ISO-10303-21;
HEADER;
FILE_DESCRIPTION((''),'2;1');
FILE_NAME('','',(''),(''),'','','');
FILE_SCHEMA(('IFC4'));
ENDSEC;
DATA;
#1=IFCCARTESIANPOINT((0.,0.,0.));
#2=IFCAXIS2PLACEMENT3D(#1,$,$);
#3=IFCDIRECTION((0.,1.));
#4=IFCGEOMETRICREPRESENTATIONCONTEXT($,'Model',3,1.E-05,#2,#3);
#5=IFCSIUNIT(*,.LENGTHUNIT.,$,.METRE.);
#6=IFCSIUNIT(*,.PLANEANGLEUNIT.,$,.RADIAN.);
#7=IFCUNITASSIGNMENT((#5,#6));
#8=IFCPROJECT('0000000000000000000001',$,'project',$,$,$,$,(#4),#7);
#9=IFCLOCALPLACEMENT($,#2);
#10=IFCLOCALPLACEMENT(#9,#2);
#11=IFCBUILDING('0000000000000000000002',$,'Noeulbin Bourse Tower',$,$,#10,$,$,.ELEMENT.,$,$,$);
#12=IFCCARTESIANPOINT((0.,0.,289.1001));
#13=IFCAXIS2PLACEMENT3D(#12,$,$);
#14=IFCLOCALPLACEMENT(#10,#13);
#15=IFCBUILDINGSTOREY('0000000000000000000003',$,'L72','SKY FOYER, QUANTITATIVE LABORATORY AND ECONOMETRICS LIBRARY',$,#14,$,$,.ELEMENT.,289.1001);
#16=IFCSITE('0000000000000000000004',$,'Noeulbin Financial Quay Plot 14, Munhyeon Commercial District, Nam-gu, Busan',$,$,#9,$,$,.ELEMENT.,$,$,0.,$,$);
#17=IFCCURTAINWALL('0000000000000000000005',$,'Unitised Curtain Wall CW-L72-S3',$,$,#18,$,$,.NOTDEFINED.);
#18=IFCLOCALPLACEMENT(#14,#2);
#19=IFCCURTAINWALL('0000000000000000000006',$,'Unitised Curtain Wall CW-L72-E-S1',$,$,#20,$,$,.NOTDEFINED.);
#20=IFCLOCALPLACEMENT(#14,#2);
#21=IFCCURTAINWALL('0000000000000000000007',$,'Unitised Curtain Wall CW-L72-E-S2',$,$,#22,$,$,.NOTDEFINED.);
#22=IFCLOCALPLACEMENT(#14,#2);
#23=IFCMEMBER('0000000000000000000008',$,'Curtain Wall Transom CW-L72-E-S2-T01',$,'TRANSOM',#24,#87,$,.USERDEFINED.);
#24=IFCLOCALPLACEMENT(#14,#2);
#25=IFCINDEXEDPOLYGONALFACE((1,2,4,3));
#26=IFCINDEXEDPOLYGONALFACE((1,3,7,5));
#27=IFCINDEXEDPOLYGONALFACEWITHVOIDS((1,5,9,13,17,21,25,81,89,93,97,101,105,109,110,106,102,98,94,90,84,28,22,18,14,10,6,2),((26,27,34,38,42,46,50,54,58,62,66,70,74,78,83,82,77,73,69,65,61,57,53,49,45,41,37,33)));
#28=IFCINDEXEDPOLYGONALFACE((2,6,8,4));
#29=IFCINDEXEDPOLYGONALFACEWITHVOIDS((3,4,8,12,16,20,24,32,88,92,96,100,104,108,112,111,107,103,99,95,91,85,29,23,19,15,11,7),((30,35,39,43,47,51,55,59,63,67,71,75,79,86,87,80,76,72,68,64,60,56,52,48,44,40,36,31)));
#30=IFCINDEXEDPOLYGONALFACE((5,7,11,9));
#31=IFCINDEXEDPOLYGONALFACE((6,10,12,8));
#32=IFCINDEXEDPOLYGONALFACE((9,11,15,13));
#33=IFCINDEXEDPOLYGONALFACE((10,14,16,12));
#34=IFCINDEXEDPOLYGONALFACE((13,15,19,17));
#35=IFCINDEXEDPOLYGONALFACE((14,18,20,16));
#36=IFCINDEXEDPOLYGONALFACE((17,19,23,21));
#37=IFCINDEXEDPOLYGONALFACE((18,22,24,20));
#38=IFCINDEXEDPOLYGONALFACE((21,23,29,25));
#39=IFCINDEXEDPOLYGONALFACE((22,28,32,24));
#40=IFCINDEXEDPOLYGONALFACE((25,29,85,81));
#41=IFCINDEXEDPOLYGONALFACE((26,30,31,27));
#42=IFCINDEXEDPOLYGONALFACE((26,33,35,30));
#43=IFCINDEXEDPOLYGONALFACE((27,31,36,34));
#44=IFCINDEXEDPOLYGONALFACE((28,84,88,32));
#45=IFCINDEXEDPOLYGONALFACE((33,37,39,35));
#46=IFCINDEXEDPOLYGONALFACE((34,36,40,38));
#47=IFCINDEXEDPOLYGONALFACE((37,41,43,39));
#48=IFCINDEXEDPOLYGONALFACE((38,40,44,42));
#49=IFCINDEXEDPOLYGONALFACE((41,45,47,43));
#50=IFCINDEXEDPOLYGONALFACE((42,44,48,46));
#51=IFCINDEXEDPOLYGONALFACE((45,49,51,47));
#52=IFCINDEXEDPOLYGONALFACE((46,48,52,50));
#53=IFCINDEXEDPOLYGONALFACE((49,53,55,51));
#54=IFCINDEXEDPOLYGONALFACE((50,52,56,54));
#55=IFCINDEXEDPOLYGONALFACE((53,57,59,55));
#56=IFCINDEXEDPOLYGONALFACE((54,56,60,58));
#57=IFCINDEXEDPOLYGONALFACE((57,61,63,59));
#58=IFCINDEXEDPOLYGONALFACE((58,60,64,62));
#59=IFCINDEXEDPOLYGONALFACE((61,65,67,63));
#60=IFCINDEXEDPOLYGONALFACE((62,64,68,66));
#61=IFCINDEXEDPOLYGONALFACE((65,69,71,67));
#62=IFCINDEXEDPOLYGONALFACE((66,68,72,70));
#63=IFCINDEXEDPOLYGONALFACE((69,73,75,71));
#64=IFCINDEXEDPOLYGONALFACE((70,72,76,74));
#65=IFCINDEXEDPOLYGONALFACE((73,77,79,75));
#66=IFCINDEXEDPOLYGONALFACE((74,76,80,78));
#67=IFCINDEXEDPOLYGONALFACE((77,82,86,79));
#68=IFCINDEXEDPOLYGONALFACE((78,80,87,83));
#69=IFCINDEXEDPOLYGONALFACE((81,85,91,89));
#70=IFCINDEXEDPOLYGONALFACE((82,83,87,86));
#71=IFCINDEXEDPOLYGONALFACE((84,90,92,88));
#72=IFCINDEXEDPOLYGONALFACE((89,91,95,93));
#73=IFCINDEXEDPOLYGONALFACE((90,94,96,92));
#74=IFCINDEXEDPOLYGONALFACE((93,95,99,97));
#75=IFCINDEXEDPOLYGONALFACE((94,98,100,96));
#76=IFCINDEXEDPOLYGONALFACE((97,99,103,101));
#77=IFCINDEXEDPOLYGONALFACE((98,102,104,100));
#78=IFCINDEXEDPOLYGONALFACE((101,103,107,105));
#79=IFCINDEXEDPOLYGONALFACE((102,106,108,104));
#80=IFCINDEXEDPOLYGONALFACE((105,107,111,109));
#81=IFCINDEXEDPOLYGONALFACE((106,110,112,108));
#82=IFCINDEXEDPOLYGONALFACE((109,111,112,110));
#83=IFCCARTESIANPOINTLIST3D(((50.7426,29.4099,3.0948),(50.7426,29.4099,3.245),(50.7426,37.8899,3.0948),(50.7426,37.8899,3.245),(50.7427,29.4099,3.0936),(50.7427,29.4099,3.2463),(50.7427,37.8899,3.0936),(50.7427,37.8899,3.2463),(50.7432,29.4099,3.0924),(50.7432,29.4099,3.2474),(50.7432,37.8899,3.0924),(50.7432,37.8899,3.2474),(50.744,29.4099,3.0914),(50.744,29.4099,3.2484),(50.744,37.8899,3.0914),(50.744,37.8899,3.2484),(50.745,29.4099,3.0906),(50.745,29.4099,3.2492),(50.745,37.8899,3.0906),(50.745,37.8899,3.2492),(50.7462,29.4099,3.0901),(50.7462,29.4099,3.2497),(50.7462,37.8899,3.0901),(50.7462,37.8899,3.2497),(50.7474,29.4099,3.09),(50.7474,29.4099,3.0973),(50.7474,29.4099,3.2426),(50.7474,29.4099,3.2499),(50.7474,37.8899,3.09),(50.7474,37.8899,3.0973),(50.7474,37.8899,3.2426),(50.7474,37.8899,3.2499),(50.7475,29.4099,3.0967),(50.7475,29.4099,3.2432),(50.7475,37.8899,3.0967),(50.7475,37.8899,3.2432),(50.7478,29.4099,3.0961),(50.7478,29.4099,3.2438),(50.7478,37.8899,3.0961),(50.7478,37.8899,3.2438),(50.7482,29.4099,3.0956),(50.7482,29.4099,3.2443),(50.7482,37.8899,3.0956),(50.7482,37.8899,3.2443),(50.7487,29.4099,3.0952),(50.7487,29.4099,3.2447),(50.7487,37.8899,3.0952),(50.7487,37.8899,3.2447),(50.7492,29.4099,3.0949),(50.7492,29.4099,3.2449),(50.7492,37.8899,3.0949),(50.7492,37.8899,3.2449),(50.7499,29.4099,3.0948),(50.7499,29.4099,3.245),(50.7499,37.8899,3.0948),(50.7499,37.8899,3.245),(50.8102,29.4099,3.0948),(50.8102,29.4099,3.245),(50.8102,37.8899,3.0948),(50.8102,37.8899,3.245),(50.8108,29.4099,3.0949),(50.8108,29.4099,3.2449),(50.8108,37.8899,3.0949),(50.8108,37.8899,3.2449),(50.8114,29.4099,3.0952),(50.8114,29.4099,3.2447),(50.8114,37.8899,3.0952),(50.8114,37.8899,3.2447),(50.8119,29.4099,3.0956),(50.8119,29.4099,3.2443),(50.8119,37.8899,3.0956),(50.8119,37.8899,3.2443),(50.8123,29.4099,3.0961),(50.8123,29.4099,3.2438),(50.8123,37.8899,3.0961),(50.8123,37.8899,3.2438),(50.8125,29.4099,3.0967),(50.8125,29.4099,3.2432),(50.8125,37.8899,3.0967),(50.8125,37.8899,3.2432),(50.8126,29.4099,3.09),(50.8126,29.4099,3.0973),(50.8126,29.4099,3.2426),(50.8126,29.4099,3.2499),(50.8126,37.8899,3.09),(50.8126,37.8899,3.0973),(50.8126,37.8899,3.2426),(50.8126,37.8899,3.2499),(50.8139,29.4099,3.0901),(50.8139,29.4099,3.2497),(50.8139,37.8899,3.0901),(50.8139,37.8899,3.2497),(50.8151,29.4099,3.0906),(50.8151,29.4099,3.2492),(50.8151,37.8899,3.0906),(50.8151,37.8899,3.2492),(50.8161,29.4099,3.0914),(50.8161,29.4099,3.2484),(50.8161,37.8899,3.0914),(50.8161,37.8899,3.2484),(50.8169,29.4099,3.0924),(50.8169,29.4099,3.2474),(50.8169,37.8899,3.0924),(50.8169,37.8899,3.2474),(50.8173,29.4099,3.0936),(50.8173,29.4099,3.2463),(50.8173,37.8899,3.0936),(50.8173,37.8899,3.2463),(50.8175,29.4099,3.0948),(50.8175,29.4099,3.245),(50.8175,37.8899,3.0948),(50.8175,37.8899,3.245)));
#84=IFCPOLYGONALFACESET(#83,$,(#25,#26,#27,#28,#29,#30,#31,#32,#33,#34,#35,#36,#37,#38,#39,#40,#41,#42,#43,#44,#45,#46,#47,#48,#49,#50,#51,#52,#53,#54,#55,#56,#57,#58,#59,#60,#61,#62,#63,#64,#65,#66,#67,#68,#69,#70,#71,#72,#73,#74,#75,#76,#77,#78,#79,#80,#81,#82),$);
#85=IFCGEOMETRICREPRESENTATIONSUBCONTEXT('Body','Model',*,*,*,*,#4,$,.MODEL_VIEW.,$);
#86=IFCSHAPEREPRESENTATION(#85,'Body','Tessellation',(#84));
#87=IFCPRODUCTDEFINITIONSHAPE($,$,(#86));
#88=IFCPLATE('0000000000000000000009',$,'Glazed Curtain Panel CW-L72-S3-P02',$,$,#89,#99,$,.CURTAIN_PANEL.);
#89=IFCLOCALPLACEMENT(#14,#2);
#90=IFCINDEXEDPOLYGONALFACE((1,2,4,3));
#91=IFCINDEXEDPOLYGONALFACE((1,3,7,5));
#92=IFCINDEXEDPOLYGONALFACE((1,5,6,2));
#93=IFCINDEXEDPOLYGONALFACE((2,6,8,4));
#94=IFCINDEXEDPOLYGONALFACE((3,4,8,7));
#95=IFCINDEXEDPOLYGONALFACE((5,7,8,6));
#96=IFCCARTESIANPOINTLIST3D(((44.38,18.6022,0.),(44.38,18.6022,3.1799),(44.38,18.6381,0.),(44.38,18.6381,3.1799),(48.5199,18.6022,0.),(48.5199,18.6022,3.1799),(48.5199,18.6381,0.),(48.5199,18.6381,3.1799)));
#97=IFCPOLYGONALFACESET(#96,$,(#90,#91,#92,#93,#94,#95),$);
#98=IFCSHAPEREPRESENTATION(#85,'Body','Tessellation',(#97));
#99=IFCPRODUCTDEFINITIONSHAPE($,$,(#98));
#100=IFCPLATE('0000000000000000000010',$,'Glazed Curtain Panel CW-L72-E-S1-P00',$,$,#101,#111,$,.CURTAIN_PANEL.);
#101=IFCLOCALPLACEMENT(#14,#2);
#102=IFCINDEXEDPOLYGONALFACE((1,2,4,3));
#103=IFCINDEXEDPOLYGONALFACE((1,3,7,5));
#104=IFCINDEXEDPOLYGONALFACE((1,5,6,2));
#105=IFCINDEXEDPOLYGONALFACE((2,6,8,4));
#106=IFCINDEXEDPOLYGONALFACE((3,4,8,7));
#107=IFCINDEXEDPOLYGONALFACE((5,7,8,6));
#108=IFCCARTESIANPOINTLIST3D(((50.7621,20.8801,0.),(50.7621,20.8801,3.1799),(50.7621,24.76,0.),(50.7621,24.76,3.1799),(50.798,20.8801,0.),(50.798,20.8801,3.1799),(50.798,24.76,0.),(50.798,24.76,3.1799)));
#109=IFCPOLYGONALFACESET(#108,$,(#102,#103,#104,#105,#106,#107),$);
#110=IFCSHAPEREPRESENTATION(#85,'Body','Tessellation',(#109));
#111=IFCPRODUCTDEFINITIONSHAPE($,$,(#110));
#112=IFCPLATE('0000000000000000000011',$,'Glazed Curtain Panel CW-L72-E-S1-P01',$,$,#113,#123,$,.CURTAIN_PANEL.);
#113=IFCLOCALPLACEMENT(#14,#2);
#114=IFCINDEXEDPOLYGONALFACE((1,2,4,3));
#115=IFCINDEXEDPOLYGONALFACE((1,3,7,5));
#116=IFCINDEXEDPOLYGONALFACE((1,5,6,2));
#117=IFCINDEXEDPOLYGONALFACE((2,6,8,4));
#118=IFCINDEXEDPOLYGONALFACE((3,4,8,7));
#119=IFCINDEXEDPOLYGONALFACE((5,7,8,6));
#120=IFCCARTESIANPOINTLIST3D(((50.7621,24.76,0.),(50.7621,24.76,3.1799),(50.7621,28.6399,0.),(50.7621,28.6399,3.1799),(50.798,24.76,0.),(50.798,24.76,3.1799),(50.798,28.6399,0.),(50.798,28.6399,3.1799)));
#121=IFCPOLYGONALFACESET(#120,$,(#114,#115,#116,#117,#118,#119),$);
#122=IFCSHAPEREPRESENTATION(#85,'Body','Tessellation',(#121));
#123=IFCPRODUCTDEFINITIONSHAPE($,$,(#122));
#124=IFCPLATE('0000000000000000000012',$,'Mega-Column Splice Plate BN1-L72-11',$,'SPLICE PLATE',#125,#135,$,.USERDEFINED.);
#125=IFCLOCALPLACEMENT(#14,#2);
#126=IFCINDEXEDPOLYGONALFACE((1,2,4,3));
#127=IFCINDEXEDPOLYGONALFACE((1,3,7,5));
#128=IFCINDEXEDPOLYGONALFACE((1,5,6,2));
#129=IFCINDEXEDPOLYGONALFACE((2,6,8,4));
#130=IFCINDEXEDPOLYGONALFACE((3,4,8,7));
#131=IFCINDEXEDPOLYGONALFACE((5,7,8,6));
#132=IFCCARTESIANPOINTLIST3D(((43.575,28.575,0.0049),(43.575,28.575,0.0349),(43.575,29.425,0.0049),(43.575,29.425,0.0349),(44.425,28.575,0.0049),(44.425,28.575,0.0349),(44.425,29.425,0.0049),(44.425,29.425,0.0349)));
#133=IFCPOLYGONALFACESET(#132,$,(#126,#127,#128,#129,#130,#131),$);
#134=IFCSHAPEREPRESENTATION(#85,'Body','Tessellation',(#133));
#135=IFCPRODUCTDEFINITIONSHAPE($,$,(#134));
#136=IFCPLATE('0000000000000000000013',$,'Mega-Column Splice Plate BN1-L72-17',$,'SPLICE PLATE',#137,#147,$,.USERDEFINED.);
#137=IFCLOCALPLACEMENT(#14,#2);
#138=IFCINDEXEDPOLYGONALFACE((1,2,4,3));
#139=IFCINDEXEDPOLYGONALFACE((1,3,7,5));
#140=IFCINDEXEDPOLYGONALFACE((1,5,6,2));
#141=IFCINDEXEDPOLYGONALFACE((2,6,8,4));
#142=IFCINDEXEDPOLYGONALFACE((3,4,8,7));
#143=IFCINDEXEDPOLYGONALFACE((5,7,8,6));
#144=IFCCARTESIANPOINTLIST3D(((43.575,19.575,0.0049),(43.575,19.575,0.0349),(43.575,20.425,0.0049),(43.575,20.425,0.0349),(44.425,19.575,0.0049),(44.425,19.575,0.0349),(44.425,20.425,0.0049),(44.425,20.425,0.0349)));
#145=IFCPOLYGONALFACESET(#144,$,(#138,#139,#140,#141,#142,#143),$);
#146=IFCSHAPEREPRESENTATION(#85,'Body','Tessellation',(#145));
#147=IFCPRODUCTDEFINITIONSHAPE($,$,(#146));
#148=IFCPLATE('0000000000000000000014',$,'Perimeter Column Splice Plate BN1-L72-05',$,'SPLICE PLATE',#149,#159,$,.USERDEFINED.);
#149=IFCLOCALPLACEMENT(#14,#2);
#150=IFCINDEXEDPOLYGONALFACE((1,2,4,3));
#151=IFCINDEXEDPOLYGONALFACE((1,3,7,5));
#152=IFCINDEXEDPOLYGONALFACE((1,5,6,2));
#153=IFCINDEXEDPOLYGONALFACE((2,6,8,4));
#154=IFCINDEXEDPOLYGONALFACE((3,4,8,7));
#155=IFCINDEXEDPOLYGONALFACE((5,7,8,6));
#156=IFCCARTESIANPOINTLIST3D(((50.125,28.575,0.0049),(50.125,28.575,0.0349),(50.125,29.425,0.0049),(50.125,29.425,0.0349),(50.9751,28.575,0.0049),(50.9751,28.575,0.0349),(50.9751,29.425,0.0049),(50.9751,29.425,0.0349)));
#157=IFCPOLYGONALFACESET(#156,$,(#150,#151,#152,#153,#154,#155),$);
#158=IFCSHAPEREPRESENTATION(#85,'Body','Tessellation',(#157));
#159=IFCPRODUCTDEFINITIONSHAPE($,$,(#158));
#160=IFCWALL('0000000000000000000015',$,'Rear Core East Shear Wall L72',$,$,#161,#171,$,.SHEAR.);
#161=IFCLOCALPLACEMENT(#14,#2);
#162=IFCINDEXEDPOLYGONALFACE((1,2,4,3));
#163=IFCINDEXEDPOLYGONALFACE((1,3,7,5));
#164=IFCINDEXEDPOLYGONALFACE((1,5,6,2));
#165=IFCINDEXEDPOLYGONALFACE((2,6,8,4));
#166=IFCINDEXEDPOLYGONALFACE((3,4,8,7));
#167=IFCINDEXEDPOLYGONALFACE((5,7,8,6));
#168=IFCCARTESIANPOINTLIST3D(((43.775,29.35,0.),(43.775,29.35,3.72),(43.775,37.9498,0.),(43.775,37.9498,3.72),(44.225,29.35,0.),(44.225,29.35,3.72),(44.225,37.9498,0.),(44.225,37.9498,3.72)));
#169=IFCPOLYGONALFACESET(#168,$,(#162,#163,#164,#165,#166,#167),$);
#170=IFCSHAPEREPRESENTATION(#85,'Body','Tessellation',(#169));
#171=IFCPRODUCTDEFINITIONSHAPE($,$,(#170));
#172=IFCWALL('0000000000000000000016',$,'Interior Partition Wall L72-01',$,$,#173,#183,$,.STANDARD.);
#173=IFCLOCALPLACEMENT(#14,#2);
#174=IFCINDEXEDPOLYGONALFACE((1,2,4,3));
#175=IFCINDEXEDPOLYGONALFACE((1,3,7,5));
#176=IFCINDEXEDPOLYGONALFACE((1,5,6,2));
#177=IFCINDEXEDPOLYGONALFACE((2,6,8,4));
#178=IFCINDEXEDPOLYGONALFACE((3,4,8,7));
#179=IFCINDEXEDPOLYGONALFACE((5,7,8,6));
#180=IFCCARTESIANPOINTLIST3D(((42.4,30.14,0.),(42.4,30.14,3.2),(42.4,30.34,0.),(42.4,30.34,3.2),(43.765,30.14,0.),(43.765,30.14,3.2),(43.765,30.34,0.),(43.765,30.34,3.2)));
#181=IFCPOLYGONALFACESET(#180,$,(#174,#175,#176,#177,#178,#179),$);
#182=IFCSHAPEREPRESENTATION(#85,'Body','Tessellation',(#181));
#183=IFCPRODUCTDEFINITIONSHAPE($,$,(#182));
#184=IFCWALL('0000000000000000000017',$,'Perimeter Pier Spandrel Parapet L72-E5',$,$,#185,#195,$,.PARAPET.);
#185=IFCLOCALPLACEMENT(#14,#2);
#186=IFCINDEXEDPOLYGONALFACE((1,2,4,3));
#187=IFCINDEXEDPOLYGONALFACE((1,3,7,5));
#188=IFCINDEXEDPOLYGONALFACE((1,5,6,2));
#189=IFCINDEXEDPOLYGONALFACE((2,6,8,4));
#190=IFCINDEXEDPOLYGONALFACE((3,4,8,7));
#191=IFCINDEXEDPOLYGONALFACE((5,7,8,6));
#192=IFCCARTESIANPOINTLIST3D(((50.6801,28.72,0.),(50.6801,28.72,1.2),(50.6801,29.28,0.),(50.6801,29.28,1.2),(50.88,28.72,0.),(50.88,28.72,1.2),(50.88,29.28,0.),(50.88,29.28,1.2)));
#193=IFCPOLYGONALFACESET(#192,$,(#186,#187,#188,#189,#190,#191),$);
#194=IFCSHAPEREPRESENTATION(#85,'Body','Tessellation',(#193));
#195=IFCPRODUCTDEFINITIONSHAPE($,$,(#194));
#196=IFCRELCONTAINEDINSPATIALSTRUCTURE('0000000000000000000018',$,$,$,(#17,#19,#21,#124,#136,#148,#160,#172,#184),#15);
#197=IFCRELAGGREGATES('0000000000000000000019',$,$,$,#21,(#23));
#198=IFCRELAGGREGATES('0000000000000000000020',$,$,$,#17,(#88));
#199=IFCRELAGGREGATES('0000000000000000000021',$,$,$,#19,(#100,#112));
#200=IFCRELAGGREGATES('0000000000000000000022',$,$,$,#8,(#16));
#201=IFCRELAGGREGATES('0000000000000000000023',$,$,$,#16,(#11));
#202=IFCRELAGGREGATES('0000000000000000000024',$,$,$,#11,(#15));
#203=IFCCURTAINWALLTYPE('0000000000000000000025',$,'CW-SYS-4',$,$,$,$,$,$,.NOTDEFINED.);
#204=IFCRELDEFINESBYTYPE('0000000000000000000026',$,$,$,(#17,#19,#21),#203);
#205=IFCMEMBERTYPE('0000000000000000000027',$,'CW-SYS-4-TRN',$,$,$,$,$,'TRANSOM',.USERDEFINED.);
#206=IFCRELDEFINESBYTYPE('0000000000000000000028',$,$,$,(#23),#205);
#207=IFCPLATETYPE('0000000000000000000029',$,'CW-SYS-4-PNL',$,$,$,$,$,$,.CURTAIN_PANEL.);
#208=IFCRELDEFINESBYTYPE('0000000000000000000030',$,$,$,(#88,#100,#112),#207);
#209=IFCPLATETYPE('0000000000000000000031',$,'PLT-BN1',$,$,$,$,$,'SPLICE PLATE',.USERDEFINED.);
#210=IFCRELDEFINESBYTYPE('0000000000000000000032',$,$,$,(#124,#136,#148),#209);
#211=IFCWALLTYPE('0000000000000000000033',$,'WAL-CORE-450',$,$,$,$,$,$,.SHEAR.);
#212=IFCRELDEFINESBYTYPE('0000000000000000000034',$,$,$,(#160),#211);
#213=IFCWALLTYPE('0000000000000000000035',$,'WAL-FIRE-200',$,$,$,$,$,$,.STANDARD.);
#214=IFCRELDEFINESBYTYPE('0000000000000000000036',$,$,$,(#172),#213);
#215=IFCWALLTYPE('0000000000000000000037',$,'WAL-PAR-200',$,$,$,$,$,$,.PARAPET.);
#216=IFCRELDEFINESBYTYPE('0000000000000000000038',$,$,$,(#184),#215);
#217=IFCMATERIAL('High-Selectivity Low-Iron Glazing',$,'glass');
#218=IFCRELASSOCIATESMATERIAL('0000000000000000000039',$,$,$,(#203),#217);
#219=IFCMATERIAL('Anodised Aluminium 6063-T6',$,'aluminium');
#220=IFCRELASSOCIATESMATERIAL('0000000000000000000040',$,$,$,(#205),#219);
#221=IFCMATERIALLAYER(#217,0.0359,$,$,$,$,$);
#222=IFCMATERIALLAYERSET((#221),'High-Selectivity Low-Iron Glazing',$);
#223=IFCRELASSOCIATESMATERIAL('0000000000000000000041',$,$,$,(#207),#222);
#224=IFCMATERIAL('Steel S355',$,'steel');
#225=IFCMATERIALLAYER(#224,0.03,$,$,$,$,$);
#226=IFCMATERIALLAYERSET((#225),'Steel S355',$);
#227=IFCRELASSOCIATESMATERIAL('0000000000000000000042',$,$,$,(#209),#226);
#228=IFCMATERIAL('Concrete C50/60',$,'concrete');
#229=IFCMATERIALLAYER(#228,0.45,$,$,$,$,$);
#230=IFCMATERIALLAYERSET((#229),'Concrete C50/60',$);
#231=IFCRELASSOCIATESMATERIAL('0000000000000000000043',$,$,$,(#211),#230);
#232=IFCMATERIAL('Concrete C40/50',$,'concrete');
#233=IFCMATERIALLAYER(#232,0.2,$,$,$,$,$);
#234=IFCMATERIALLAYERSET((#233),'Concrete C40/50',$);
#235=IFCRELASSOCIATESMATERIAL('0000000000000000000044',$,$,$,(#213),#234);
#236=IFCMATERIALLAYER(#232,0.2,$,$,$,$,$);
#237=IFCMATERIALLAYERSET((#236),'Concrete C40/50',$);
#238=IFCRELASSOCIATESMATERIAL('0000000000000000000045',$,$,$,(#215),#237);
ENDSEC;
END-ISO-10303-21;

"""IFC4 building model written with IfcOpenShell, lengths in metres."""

from ifc_helpers import new_model, si_unit, direction, frame, frame_2d, origin, origin_2d, place, context, subcontext, project, spatial, rectangle, hollow_rectangle, extrude, material, layer, layer_set, material_profile, profile_set, type_object, element, aggregate, save


model = new_model("IFC4")

# Units and contexts
model_context = context("Model", 3, precision=1e-05, world=origin(), true_north=direction((0.0, 1.0)))
body_context = subcontext(model_context, "Body", "Model", "MODEL_VIEW")
ifc_project = project(units=[si_unit("LENGTHUNIT", "METRE"), si_unit("PLANEANGLEUNIT", "RADIAN")], contexts=[model_context])

# Site, building, storey
site_placement = place(None, origin())
site = spatial("IfcSite", under=ifc_project, at=site_placement, Name="Noeulbin Financial Quay Plot 14, Munhyeon Commercial District, Nam-gu, Busan", CompositionType="ELEMENT", RefElevation=0.0)
building_placement = place(site_placement, origin())
building = spatial("IfcBuilding", under=site, at=building_placement, Name="Noeulbin Bourse Tower", CompositionType="ELEMENT")
storey_placement = place(building_placement, frame((0.0, 0.0, 289.1001)))
storey = spatial("IfcBuildingStorey", under=building, at=storey_placement, Name="L72", Description="SKY FOYER, QUANTITATIVE LABORATORY AND ECONOMETRICS LIBRARY", CompositionType="ELEMENT", Elevation=289.1001)

# Shared definitions
ifc_material_1 = material(Name="Steel S355", Category="steel")

# Curtain walls
ifc_material_2 = material(Name="High-Selectivity Low-Iron Glazing", Category="glass")
curtain_wall_type = type_object("IfcCurtainWallType", Name="CW-SYS-4", PredefinedType="NOTDEFINED", material=ifc_material_2)
curtain_wall_1_placement = place(storey_placement, origin())
curtain_wall_1 = element("IfcCurtainWall", 1, at=curtain_wall_1_placement, inside=storey, type_object=curtain_wall_type, Name="Unitised Curtain Wall CW-L72-S3", PredefinedType="NOTDEFINED")
ifc_material_3 = material(Name="Anodised Aluminium 6063-T6", Category="aluminium")
curtain_wall_2_placement = place(storey_placement, origin())
curtain_wall_2 = element("IfcCurtainWall", 2, at=curtain_wall_2_placement, inside=storey, type_object=curtain_wall_type, Name="Unitised Curtain Wall CW-L72-E-S1", PredefinedType="NOTDEFINED")

# Curtain wall
curtain_wall_3_placement = place(storey_placement, origin())
curtain_wall_3 = element("IfcCurtainWall", 3, at=curtain_wall_3_placement, inside=storey, type_object=curtain_wall_type, Name="Unitised Curtain Wall CW-L72-E-S2", PredefinedType="NOTDEFINED")

# Member
ifc_material_profile_1 = material_profile(ifc_material_3, hollow_rectangle(XDim=0.075, YDim=0.1599, WallThickness=0.0049, InnerFilletRadius=0.0024, OuterFilletRadius=0.0049, at=origin_2d()), Name="ALU-TRAN-75x160x5", Category="LoadBearing")
ifc_profile_set_1 = profile_set([ifc_material_profile_1], Name="Anodised Aluminium 6063-T6")
member_type_1 = type_object("IfcMemberType", Name="CW-SYS-4-TRN", ElementType="TRANSOM", PredefinedType="USERDEFINED", material=ifc_profile_set_1)
member_1_placement = place(storey_placement, frame((50.78, 29.4099, 3.1699), z_axis=(0.0, 1.0, 0.0), x_axis=(-1.0, 0.0, 0.0)))
member_1 = element("IfcMember", 4, at=member_1_placement, type_object=member_type_1, Name="Curtain Wall Transom CW-L72-E-S2-T01", ObjectType="TRANSOM", PredefinedType="USERDEFINED", context=body_context, shape_type="SweptSolid", body=[
    extrude(hollow_rectangle(XDim=0.075, YDim=0.1599, WallThickness=0.0049, InnerFilletRadius=0.0024, OuterFilletRadius=0.0049, at=origin_2d()), origin(), (0.0, 0.0, 1.0), 8.48),
])
aggregate(curtain_wall_3, [member_1])

# Plates
ifc_layer_1 = layer(ifc_material_2, 0.0359)
ifc_layer_set_1 = layer_set([ifc_layer_1], Name="High-Selectivity Low-Iron Glazing")
plate_type_1 = type_object("IfcPlateType", Name="CW-SYS-4-PNL", PredefinedType="CURTAIN_PANEL", material=ifc_layer_set_1)
plate_1_placement = place(storey_placement, frame((46.45, 18.6201, 0.0), z_axis=(0.0, 0.0, 1.0), x_axis=(1.0, 0.0, 0.0)))
plate_1 = element("IfcPlate", 5, at=plate_1_placement, type_object=plate_type_1, Name="Glazed Curtain Panel CW-L72-S3-P02", PredefinedType="CURTAIN_PANEL", context=body_context, shape_type="SweptSolid", body=[
    extrude(rectangle(XDim=4.1399, YDim=0.0359, at=origin_2d()), origin(), (0.0, 0.0, 1.0), 3.1799),
])
aggregate(curtain_wall_1, [plate_1])
plate_2_placement = place(storey_placement, frame((50.78, 22.8201, 0.0), z_axis=(0.0, 0.0, 1.0), x_axis=(0.0, 1.0, 0.0)))
plate_2 = element("IfcPlate", 6, at=plate_2_placement, type_object=plate_type_1, Name="Glazed Curtain Panel CW-L72-E-S1-P00", PredefinedType="CURTAIN_PANEL", context=body_context, shape_type="SweptSolid", body=[
    extrude(rectangle(XDim=3.8799, YDim=0.0359, at=origin_2d()), origin(), (0.0, 0.0, 1.0), 3.1799),
])
plate_3_placement = place(storey_placement, frame((50.78, 26.7, 0.0), z_axis=(0.0, 0.0, 1.0), x_axis=(0.0, 1.0, 0.0)))
plate_3 = element("IfcPlate", 7, at=plate_3_placement, type_object=plate_type_1, Name="Glazed Curtain Panel CW-L72-E-S1-P01", PredefinedType="CURTAIN_PANEL", context=body_context, shape_type="SweptSolid", body=[
    extrude(rectangle(XDim=3.8799, YDim=0.0359, at=origin_2d()), origin(), (0.0, 0.0, 1.0), 3.1799),
])
aggregate(curtain_wall_2, [plate_2, plate_3])

# Plates
ifc_layer_2 = layer(ifc_material_1, 0.03)
ifc_layer_set_2 = layer_set([ifc_layer_2], Name="Steel S355")
plate_type_2 = type_object("IfcPlateType", Name="PLT-BN1", ElementType="SPLICE PLATE", PredefinedType="USERDEFINED", material=ifc_layer_set_2)
for number, where, z_axis, x_axis, name in (
    (8, (44.0, 29.0, 0.0049), (0.0, 0.0, 1.0), (1.0, 0.0, 0.0), "Mega-Column Splice Plate BN1-L72-11"),
    (9, (44.0, 20.0, 0.0049), (0.0, 0.0, 1.0), (1.0, 0.0, 0.0), "Mega-Column Splice Plate BN1-L72-17"),
    (10, (50.55, 29.0, 0.0049), (0.0, 0.0, 1.0), (1.0, 0.0, 0.0), "Perimeter Column Splice Plate BN1-L72-05"),
):
    element("IfcPlate", number, at=place(storey_placement, frame(where, z_axis=z_axis, x_axis=x_axis)), inside=storey, type_object=plate_type_2, Name=name, ObjectType="SPLICE PLATE", PredefinedType="USERDEFINED", context=body_context, shape_type="SweptSolid", body=[
        extrude(rectangle(XDim=0.8501, YDim=0.8501, at=origin_2d()), origin(), (0.0, 0.0, 1.0), 0.03),
    ])

# Walls
ifc_material_4 = material(Name="Concrete C50/60", Category="concrete")
ifc_layer_3 = layer(ifc_material_4, 0.45)
ifc_layer_set_3 = layer_set([ifc_layer_3], Name="Concrete C50/60")
wall_type_1 = type_object("IfcWallType", Name="WAL-CORE-450", PredefinedType="SHEAR", material=ifc_layer_set_3)
wall_1_placement = place(storey_placement, frame((44.0, 29.3501, 0.0), z_axis=(0.0, 0.0, 1.0), x_axis=(0.0, 1.0, 0.0)))
element("IfcWall", 11, at=wall_1_placement, inside=storey, type_object=wall_type_1, Name="Rear Core East Shear Wall L72", PredefinedType="SHEAR", context=body_context, shape_type="SweptSolid", body=[
    extrude(rectangle(XDim=8.5999, YDim=0.45, at=frame_2d((4.2998, 0.0))), origin(), (0.0, 0.0, 1.0), 3.72),
])
ifc_material_5 = material(Name="Concrete C40/50", Category="concrete")
ifc_layer_4 = layer(ifc_material_5, 0.2)
ifc_layer_set_4 = layer_set([ifc_layer_4], Name="Concrete C40/50")
wall_type_2 = type_object("IfcWallType", Name="WAL-FIRE-200", PredefinedType="STANDARD", material=ifc_layer_set_4)
wall_2_placement = place(storey_placement, frame((42.3999, 30.24, 0.0), z_axis=(0.0, 0.0, 1.0), x_axis=(1.0, 0.0, 0.0)))
element("IfcWall", 12, at=wall_2_placement, inside=storey, type_object=wall_type_2, Name="Interior Partition Wall L72-01", PredefinedType="STANDARD", context=body_context, shape_type="SweptSolid", body=[
    extrude(rectangle(XDim=1.365, YDim=0.2, at=frame_2d((0.6826, 0.0))), origin(), (0.0, 0.0, 1.0), 3.2),
])
ifc_layer_5 = layer(ifc_material_5, 0.2)
ifc_layer_set_5 = layer_set([ifc_layer_5], Name="Concrete C40/50")
wall_type_3 = type_object("IfcWallType", Name="WAL-PAR-200", PredefinedType="PARAPET", material=ifc_layer_set_5)
wall_3_placement = place(storey_placement, frame((50.78, 28.72, 0.0), z_axis=(0.0, 0.0, 1.0), x_axis=(0.0, 1.0, 0.0)))
element("IfcWall", 13, at=wall_3_placement, inside=storey, type_object=wall_type_3, Name="Perimeter Pier Spandrel Parapet L72-E5", PredefinedType="PARAPET", context=body_context, shape_type="SweptSolid", body=[
    extrude(rectangle(XDim=0.5601, YDim=0.2, at=frame_2d((0.28, 0.0))), origin(), (0.0, 0.0, 1.0), 1.2),
])

save(model, "model.ifc")
